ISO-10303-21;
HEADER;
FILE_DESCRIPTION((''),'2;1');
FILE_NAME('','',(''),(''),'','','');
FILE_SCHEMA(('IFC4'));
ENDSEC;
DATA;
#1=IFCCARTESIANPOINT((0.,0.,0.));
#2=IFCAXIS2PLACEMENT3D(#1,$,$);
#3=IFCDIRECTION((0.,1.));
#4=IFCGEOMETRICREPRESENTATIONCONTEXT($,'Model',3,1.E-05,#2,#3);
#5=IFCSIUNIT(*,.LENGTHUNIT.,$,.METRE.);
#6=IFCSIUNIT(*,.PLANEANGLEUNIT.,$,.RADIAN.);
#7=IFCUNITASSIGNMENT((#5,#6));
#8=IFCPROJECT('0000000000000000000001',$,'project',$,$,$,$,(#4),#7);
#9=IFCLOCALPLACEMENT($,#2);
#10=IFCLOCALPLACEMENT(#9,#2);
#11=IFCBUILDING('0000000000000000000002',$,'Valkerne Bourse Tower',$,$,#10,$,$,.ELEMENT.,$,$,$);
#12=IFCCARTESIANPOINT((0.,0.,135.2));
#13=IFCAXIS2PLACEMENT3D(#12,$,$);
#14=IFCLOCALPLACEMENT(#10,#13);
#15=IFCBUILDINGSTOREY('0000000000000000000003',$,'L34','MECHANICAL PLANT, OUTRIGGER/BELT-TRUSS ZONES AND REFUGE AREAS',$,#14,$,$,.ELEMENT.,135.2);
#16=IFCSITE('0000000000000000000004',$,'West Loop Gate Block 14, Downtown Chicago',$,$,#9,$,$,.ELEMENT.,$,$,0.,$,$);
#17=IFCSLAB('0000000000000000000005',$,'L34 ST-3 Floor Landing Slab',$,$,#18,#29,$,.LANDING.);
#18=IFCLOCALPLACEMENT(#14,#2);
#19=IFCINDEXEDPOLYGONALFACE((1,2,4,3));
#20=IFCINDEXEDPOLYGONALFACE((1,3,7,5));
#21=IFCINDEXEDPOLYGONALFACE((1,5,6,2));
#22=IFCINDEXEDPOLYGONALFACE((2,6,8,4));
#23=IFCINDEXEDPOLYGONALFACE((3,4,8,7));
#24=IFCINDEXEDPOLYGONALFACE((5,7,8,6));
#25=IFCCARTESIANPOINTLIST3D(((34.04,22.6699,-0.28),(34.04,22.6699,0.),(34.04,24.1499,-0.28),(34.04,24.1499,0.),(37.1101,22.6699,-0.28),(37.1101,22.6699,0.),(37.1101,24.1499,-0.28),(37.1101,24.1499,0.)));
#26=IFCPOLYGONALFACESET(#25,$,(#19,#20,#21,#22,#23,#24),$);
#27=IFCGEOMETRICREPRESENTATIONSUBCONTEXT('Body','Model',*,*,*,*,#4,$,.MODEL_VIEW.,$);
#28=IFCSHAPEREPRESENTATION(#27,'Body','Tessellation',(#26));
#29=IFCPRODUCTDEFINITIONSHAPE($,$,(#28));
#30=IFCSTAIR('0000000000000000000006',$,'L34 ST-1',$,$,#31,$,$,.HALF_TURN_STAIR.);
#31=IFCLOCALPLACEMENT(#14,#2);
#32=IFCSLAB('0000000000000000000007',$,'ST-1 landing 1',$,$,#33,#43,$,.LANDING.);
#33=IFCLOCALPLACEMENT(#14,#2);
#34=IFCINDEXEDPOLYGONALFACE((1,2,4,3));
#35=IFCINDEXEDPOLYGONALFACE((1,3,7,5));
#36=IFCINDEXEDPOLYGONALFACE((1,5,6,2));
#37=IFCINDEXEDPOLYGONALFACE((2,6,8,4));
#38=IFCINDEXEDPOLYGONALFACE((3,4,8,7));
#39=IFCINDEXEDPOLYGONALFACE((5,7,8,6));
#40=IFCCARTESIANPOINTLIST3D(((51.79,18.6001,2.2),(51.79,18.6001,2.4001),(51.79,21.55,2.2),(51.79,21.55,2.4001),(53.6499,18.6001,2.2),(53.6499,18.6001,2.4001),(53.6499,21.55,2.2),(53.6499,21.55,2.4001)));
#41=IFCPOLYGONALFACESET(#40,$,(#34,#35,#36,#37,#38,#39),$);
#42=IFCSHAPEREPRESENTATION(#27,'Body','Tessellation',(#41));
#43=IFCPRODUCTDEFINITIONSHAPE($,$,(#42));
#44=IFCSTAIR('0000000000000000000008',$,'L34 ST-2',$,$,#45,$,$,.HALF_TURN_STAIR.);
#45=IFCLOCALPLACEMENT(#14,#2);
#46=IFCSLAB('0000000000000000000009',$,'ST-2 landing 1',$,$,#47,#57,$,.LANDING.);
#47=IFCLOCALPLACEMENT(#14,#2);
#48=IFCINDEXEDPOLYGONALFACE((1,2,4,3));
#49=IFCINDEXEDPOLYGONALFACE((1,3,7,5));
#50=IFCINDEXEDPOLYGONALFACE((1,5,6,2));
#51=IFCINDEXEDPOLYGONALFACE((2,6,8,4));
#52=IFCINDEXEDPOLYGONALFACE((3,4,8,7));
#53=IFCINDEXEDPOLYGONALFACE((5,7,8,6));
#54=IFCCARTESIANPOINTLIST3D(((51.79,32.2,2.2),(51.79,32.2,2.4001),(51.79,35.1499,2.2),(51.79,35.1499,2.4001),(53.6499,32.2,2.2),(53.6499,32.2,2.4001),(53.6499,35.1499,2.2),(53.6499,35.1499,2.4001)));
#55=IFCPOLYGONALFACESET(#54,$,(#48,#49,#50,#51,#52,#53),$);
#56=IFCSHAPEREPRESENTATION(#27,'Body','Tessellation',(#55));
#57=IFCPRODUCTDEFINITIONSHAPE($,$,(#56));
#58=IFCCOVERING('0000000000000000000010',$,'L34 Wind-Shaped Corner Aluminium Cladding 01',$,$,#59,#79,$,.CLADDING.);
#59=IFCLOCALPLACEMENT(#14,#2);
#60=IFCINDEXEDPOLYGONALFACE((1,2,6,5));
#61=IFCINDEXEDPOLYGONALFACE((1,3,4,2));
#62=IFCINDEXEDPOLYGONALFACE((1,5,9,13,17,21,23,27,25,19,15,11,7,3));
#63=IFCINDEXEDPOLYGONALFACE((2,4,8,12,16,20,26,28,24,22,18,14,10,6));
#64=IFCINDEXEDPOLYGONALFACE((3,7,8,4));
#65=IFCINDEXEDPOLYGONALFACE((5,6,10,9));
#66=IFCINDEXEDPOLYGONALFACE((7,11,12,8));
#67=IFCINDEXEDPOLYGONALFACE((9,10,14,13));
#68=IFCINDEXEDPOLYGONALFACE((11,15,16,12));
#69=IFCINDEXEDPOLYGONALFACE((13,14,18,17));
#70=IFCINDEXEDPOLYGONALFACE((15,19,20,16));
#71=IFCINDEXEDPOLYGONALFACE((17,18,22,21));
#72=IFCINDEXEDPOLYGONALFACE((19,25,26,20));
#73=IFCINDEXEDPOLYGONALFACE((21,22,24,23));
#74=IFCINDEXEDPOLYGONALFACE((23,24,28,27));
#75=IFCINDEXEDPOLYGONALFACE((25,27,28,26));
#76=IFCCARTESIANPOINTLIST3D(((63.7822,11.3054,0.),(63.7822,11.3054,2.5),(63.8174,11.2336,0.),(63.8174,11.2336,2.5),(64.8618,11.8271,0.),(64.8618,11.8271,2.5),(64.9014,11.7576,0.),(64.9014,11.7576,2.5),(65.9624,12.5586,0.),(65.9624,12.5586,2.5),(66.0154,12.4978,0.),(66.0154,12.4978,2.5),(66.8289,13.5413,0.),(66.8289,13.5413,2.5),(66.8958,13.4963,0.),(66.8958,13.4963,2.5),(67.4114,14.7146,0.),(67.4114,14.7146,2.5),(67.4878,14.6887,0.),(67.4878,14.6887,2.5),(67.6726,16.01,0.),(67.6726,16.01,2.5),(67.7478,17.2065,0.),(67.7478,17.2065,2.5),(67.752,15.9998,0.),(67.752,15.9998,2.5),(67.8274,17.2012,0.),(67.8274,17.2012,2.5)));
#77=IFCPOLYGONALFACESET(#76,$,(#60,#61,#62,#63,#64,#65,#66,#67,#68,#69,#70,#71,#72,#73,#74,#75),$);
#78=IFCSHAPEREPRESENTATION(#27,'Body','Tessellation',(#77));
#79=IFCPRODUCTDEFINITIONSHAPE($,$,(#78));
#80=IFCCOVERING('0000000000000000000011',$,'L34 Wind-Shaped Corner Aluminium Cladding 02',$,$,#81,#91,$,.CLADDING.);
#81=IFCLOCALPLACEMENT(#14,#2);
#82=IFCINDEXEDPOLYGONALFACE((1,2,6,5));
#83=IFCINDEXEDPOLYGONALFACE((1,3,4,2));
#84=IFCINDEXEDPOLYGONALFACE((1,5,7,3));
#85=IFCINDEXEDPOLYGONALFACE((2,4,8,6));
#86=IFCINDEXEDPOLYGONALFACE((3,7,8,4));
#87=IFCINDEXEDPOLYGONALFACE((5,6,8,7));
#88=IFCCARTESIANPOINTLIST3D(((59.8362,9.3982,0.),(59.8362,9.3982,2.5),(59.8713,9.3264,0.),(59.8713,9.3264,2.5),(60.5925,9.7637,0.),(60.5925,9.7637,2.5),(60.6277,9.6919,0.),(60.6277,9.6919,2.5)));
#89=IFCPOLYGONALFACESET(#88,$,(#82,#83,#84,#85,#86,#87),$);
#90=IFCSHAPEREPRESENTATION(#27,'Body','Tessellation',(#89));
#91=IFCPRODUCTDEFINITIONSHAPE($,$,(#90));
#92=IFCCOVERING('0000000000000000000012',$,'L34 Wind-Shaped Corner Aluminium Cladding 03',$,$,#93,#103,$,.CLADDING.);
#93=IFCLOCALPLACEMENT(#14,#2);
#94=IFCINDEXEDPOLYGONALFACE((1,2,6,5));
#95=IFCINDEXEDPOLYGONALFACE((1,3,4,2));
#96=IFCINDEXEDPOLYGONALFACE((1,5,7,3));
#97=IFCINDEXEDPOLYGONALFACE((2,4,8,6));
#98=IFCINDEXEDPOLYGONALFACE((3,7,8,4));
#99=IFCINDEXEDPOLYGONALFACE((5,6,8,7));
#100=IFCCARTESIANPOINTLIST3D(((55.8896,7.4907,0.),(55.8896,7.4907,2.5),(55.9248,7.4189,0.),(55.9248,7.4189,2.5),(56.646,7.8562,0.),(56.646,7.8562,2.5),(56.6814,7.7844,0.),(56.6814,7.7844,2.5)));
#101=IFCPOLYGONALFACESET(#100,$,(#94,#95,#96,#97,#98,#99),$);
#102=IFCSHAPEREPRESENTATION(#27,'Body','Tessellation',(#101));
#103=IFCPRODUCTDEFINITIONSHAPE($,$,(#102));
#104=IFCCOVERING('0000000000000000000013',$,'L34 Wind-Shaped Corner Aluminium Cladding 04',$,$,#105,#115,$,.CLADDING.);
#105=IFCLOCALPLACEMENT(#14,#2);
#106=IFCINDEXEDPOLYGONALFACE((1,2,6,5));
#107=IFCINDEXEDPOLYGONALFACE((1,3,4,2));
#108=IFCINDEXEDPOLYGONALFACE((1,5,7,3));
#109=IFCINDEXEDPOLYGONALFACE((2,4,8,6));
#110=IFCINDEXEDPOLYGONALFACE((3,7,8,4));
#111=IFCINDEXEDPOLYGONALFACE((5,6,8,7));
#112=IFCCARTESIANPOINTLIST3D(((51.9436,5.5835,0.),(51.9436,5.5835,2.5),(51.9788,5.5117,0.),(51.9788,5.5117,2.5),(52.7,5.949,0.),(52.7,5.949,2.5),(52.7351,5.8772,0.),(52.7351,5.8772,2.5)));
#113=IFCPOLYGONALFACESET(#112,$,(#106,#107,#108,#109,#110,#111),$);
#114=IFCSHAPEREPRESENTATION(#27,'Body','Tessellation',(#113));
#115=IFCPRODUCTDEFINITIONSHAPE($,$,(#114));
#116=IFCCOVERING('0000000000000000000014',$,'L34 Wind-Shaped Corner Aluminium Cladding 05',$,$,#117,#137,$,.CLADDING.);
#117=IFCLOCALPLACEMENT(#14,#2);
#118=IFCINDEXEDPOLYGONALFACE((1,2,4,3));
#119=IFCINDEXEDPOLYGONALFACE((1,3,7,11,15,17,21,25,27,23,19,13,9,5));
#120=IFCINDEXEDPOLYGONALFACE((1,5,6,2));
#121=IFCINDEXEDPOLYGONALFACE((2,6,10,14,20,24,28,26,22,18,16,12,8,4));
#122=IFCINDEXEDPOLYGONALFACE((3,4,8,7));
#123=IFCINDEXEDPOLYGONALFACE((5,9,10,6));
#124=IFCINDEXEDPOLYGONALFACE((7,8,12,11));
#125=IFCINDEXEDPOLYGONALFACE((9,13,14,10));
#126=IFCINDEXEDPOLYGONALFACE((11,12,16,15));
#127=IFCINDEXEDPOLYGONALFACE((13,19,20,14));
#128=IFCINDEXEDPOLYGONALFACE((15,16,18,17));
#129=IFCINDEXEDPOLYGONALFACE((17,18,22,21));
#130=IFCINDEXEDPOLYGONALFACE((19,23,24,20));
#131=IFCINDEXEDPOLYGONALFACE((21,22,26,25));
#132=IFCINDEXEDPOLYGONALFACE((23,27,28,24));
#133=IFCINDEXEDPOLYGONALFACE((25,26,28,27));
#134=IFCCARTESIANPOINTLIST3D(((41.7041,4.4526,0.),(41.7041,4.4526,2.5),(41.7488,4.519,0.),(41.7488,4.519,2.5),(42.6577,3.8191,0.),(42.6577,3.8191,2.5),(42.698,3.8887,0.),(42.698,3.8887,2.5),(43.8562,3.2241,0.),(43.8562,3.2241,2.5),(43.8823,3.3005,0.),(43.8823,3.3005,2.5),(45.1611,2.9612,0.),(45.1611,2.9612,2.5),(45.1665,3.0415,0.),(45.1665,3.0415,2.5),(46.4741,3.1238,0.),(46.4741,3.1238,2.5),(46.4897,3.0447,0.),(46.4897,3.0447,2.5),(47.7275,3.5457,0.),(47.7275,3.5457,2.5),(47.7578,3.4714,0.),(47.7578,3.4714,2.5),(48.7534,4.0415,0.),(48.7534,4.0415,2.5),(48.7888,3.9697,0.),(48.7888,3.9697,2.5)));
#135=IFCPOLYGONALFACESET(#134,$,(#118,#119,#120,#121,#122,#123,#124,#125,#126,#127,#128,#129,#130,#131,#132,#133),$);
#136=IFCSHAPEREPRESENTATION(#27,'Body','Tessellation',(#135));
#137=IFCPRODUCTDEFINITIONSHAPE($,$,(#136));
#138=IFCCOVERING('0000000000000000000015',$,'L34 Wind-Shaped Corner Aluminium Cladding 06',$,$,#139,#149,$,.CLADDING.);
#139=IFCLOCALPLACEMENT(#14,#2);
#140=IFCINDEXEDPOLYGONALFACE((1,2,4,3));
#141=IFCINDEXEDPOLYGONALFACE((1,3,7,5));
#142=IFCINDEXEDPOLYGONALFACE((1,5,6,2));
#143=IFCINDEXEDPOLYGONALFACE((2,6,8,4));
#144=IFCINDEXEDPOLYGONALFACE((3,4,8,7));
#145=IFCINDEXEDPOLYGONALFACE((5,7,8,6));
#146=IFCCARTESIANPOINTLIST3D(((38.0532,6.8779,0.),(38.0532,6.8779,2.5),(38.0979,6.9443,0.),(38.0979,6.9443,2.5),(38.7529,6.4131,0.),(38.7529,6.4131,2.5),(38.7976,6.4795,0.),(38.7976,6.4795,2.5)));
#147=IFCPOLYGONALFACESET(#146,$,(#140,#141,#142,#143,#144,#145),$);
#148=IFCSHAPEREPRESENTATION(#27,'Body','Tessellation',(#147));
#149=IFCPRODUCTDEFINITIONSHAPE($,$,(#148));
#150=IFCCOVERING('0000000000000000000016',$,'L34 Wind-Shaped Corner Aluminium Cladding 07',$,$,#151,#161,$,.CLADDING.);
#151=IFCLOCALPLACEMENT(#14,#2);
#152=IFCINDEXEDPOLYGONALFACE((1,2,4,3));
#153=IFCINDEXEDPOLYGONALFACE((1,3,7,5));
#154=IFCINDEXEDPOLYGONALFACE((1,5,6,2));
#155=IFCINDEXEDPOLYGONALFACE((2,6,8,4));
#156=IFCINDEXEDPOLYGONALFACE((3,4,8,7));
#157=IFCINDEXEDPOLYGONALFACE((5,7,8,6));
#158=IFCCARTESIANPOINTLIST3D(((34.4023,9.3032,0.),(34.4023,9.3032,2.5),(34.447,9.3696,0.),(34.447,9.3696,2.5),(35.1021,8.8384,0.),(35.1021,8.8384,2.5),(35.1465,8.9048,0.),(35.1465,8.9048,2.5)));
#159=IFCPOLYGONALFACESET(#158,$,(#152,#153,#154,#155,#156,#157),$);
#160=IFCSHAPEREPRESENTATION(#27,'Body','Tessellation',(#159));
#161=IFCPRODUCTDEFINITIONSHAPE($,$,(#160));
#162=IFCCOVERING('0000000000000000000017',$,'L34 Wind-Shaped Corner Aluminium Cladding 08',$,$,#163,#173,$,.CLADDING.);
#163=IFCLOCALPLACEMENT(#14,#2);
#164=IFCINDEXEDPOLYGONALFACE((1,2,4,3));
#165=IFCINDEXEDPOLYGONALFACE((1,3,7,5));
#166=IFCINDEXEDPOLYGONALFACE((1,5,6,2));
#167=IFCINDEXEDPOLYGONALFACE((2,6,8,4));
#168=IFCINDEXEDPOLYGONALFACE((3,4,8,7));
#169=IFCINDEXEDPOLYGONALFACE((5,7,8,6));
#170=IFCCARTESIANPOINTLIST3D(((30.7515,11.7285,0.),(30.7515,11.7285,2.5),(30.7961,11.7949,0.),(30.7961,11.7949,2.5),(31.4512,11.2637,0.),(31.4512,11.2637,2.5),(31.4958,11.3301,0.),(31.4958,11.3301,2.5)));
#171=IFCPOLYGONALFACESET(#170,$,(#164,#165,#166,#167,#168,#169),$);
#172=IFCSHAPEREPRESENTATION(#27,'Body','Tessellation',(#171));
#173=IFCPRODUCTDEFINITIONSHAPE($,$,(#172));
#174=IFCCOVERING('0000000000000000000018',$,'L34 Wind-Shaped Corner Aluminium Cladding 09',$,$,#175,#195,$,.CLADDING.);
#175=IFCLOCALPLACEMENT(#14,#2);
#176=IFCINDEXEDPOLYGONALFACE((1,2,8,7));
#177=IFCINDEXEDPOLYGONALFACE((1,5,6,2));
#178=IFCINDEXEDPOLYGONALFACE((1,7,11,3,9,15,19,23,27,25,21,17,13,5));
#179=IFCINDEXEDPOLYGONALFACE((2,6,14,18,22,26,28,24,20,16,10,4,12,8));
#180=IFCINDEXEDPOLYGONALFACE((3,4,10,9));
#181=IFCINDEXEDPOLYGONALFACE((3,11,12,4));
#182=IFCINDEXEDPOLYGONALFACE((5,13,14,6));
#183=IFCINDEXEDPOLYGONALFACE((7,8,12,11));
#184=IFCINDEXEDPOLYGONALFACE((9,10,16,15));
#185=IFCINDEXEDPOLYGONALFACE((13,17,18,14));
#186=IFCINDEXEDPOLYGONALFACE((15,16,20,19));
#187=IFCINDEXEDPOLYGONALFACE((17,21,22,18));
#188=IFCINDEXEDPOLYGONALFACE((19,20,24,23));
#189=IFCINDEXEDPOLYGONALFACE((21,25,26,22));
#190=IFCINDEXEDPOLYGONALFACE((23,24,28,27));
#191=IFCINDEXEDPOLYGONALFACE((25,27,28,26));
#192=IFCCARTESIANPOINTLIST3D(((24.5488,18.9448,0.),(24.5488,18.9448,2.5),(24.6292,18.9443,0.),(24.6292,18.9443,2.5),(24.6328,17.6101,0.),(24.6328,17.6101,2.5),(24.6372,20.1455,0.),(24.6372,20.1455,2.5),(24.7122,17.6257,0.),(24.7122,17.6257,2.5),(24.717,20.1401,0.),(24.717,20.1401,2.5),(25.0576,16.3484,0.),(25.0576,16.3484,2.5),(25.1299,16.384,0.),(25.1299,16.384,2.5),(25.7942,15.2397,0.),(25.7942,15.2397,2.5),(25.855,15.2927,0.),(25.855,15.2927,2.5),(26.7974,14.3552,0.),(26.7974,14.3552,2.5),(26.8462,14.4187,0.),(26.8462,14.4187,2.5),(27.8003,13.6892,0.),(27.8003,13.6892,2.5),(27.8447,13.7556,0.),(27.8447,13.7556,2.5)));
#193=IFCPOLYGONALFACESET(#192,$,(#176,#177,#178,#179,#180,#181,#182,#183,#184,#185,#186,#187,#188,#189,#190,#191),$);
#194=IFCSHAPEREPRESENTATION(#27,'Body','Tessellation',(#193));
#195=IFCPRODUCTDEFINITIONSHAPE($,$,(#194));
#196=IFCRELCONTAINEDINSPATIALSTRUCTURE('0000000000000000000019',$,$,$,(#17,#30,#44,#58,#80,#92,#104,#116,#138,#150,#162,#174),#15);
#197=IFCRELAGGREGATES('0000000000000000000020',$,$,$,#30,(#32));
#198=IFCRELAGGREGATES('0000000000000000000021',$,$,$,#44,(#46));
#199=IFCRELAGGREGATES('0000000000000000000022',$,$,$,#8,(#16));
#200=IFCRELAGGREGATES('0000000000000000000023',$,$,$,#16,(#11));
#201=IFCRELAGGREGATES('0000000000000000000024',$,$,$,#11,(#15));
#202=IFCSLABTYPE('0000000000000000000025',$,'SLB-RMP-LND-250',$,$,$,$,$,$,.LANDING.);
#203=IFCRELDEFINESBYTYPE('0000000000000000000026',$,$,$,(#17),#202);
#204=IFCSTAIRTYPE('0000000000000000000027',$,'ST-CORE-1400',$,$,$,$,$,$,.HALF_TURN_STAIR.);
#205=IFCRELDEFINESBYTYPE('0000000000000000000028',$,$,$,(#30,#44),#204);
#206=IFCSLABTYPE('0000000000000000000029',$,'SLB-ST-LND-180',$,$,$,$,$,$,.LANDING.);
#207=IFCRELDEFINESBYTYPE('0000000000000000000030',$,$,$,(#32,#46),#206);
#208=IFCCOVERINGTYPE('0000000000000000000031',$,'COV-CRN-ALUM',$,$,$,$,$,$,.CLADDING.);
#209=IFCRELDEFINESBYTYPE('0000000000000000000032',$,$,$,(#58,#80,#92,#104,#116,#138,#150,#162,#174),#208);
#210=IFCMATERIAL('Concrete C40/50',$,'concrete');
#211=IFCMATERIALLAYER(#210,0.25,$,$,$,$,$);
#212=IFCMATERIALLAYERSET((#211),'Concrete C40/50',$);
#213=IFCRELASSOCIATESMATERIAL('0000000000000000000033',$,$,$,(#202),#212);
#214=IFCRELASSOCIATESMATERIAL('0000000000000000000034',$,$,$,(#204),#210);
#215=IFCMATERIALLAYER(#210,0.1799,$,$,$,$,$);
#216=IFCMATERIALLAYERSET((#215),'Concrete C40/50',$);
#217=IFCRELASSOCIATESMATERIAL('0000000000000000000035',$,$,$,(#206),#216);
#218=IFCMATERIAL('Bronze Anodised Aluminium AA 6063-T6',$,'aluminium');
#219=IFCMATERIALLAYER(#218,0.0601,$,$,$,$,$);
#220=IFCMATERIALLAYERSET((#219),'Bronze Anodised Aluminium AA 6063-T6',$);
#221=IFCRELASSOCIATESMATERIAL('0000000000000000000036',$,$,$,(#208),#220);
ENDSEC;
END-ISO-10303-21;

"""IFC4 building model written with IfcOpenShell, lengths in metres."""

from ifc_helpers import new_model, si_unit, direction, frame, origin, place, context, subcontext, project, spatial, polyline, outline, extrude, material, layer, layer_set, type_object, element, aggregate, save


model = new_model("IFC4")

# Units and contexts
model_context = context("Model", 3, precision=1e-05, world=origin(), true_north=direction((0.0, 1.0)))
body_context = subcontext(model_context, "Body", "Model", "MODEL_VIEW")
ifc_project = project(units=[si_unit("LENGTHUNIT", "METRE"), si_unit("PLANEANGLEUNIT", "RADIAN")], contexts=[model_context])

# Site, building, storey
site_placement = place(None, origin())
site = spatial("IfcSite", under=ifc_project, at=site_placement, Name="West Loop Gate Block 14, Downtown Chicago", CompositionType="ELEMENT", RefElevation=0.0)
building_placement = place(site_placement, origin())
building = spatial("IfcBuilding", under=site, at=building_placement, Name="Valkerne Bourse Tower", CompositionType="ELEMENT")
storey_placement = place(building_placement, frame((0.0, 0.0, 135.2)))
storey = spatial("IfcBuildingStorey", under=building, at=storey_placement, Name="L34", Description="MECHANICAL PLANT, OUTRIGGER/BELT-TRUSS ZONES AND REFUGE AREAS", CompositionType="ELEMENT", Elevation=135.2)

# Slab
ifc_material_1 = material(Name="Concrete C40/50", Category="concrete")
ifc_layer_1 = layer(ifc_material_1, 0.25)
ifc_layer_set_1 = layer_set([ifc_layer_1], Name="Concrete C40/50")
slab_type_1 = type_object("IfcSlabType", Name="SLB-RMP-LND-250", PredefinedType="LANDING", material=ifc_layer_set_1)
slab_1_placement = place(storey_placement, frame((0.0, 0.0, -0.28)))
element("IfcSlab", 1, at=slab_1_placement, inside=storey, type_object=slab_type_1, Name="L34 ST-3 Floor Landing Slab", PredefinedType="LANDING", context=body_context, shape_type="SweptSolid", body=[
    extrude(outline(polyline([(37.1101, 22.6699), (37.1101, 24.1499), (34.04, 24.1499), (34.04, 22.6699), (37.1101, 22.6699)])), origin(), (0.0, 0.0, 1.0), 0.28),
])

# Stairs, slabs
stair_type = type_object("IfcStairType", Name="ST-CORE-1400", PredefinedType="HALF_TURN_STAIR", material=ifc_material_1)
stair_1_placement = place(storey_placement, origin())
stair_1 = element("IfcStair", 2, at=stair_1_placement, inside=storey, type_object=stair_type, Name="L34 ST-1", PredefinedType="HALF_TURN_STAIR")
ifc_layer_2 = layer(ifc_material_1, 0.1799)
ifc_layer_set_2 = layer_set([ifc_layer_2], Name="Concrete C40/50")
slab_type_2 = type_object("IfcSlabType", Name="SLB-ST-LND-180", PredefinedType="LANDING", material=ifc_layer_set_2)
slab_2_placement = place(storey_placement, frame((0.0, 0.0, 2.2)))
slab_2 = element("IfcSlab", 3, at=slab_2_placement, type_object=slab_type_2, Name="ST-1 landing 1", PredefinedType="LANDING", context=body_context, shape_type="SweptSolid", body=[
    extrude(outline(polyline([(51.79, 18.6001), (53.6499, 18.6001), (53.6499, 21.55), (51.79, 21.55), (51.79, 18.6001)])), origin(), (0.0, 0.0, 1.0), 0.2002),
])
aggregate(stair_1, [slab_2])
stair_2_placement = place(storey_placement, origin())
stair_2 = element("IfcStair", 4, at=stair_2_placement, inside=storey, type_object=stair_type, Name="L34 ST-2", PredefinedType="HALF_TURN_STAIR")
slab_3_placement = place(storey_placement, frame((0.0, 0.0, 2.2)))
slab_3 = element("IfcSlab", 5, at=slab_3_placement, type_object=slab_type_2, Name="ST-2 landing 1", PredefinedType="LANDING", context=body_context, shape_type="SweptSolid", body=[
    extrude(outline(polyline([(51.79, 32.2), (53.6499, 32.2), (53.6499, 35.1499), (51.79, 35.1499), (51.79, 32.2)])), origin(), (0.0, 0.0, 1.0), 0.2002),
])
aggregate(stair_2, [slab_3])

# Coverings
ifc_material_2 = material(Name="Bronze Anodised Aluminium AA 6063-T6", Category="aluminium")
ifc_layer_3 = layer(ifc_material_2, 0.0601)
ifc_layer_set_3 = layer_set([ifc_layer_3], Name="Bronze Anodised Aluminium AA 6063-T6")
covering_type = type_object("IfcCoveringType", Name="COV-CRN-ALUM", PredefinedType="CLADDING", material=ifc_layer_set_3)
covering_1_placement = place(storey_placement, origin())
element("IfcCovering", 6, at=covering_1_placement, inside=storey, type_object=covering_type, Name="L34 Wind-Shaped Corner Aluminium Cladding 01", PredefinedType="CLADDING", context=body_context, shape_type="SweptSolid", body=[
    extrude(outline(polyline([(67.4878, 14.6887), (66.8958, 13.4963), (66.0154, 12.4978), (64.9014, 11.7576), (63.8174, 11.2336), (63.7822, 11.3054), (64.8618, 11.8271), (65.9624, 12.5586), (66.8289, 13.5413), (67.4114, 14.7146), (67.6726, 16.01), (67.7478, 17.2065), (67.8274, 17.2012), (67.752, 15.9998), (67.4878, 14.6887)])), origin(), (0.0, 0.0, 1.0), 2.5),
])
covering_2_placement = place(storey_placement, origin())
element("IfcCovering", 7, at=covering_2_placement, inside=storey, type_object=covering_type, Name="L34 Wind-Shaped Corner Aluminium Cladding 02", PredefinedType="CLADDING", context=body_context, shape_type="SweptSolid", body=[
    extrude(outline(polyline([(59.8713, 9.3264), (59.8362, 9.3982), (60.5925, 9.7637), (60.6277, 9.6919), (59.8713, 9.3264)])), origin(), (0.0, 0.0, 1.0), 2.5),
])
covering_3_placement = place(storey_placement, origin())
element("IfcCovering", 8, at=covering_3_placement, inside=storey, type_object=covering_type, Name="L34 Wind-Shaped Corner Aluminium Cladding 03", PredefinedType="CLADDING", context=body_context, shape_type="SweptSolid", body=[
    extrude(outline(polyline([(55.9248, 7.4189), (55.8896, 7.4907), (56.646, 7.8562), (56.6814, 7.7844), (55.9248, 7.4189)])), origin(), (0.0, 0.0, 1.0), 2.5),
])
covering_4_placement = place(storey_placement, origin())
element("IfcCovering", 9, at=covering_4_placement, inside=storey, type_object=covering_type, Name="L34 Wind-Shaped Corner Aluminium Cladding 04", PredefinedType="CLADDING", context=body_context, shape_type="SweptSolid", body=[
    extrude(outline(polyline([(51.9788, 5.5117), (51.9436, 5.5835), (52.7, 5.949), (52.7351, 5.8772), (51.9788, 5.5117)])), origin(), (0.0, 0.0, 1.0), 2.5),
])
covering_5_placement = place(storey_placement, origin())
element("IfcCovering", 10, at=covering_5_placement, inside=storey, type_object=covering_type, Name="L34 Wind-Shaped Corner Aluminium Cladding 05", PredefinedType="CLADDING", context=body_context, shape_type="SweptSolid", body=[
    extrude(outline(polyline([(47.7578, 3.4714), (46.4897, 3.0447), (45.1611, 2.9612), (43.8562, 3.2241), (42.6577, 3.8191), (41.7041, 4.4526), (41.7488, 4.519), (42.698, 3.8887), (43.8823, 3.3005), (45.1665, 3.0415), (46.4741, 3.1238), (47.7275, 3.5457), (48.7534, 4.0415), (48.7888, 3.9697), (47.7578, 3.4714)])), origin(), (0.0, 0.0, 1.0), 2.5),
])
covering_6_placement = place(storey_placement, origin())
element("IfcCovering", 11, at=covering_6_placement, inside=storey, type_object=covering_type, Name="L34 Wind-Shaped Corner Aluminium Cladding 06", PredefinedType="CLADDING", context=body_context, shape_type="SweptSolid", body=[
    extrude(outline(polyline([(38.0532, 6.8779), (38.0979, 6.9443), (38.7976, 6.4795), (38.7529, 6.4131), (38.0532, 6.8779)])), origin(), (0.0, 0.0, 1.0), 2.5),
])
covering_7_placement = place(storey_placement, origin())
element("IfcCovering", 12, at=covering_7_placement, inside=storey, type_object=covering_type, Name="L34 Wind-Shaped Corner Aluminium Cladding 07", PredefinedType="CLADDING", context=body_context, shape_type="SweptSolid", body=[
    extrude(outline(polyline([(34.4023, 9.3032), (34.447, 9.3696), (35.1465, 8.9048), (35.1021, 8.8384), (34.4023, 9.3032)])), origin(), (0.0, 0.0, 1.0), 2.5),
])
covering_8_placement = place(storey_placement, origin())
element("IfcCovering", 13, at=covering_8_placement, inside=storey, type_object=covering_type, Name="L34 Wind-Shaped Corner Aluminium Cladding 08", PredefinedType="CLADDING", context=body_context, shape_type="SweptSolid", body=[
    extrude(outline(polyline([(30.7515, 11.7285), (30.7961, 11.7949), (31.4958, 11.3301), (31.4512, 11.2637), (30.7515, 11.7285)])), origin(), (0.0, 0.0, 1.0), 2.5),
])
covering_9_placement = place(storey_placement, origin())
element("IfcCovering", 14, at=covering_9_placement, inside=storey, type_object=covering_type, Name="L34 Wind-Shaped Corner Aluminium Cladding 09", PredefinedType="CLADDING", context=body_context, shape_type="SweptSolid", body=[
    extrude(outline(polyline([(26.7974, 14.3552), (25.7942, 15.2397), (25.0576, 16.3484), (24.6328, 17.6101), (24.5488, 18.9448), (24.6372, 20.1455), (24.717, 20.1401), (24.6292, 18.9443), (24.7122, 17.6257), (25.1299, 16.384), (25.855, 15.2927), (26.8462, 14.4187), (27.8447, 13.7556), (27.8003, 13.6892), (26.7974, 14.3552)])), origin(), (0.0, 0.0, 1.0), 2.5),
])

save(model, "model.ifc")
